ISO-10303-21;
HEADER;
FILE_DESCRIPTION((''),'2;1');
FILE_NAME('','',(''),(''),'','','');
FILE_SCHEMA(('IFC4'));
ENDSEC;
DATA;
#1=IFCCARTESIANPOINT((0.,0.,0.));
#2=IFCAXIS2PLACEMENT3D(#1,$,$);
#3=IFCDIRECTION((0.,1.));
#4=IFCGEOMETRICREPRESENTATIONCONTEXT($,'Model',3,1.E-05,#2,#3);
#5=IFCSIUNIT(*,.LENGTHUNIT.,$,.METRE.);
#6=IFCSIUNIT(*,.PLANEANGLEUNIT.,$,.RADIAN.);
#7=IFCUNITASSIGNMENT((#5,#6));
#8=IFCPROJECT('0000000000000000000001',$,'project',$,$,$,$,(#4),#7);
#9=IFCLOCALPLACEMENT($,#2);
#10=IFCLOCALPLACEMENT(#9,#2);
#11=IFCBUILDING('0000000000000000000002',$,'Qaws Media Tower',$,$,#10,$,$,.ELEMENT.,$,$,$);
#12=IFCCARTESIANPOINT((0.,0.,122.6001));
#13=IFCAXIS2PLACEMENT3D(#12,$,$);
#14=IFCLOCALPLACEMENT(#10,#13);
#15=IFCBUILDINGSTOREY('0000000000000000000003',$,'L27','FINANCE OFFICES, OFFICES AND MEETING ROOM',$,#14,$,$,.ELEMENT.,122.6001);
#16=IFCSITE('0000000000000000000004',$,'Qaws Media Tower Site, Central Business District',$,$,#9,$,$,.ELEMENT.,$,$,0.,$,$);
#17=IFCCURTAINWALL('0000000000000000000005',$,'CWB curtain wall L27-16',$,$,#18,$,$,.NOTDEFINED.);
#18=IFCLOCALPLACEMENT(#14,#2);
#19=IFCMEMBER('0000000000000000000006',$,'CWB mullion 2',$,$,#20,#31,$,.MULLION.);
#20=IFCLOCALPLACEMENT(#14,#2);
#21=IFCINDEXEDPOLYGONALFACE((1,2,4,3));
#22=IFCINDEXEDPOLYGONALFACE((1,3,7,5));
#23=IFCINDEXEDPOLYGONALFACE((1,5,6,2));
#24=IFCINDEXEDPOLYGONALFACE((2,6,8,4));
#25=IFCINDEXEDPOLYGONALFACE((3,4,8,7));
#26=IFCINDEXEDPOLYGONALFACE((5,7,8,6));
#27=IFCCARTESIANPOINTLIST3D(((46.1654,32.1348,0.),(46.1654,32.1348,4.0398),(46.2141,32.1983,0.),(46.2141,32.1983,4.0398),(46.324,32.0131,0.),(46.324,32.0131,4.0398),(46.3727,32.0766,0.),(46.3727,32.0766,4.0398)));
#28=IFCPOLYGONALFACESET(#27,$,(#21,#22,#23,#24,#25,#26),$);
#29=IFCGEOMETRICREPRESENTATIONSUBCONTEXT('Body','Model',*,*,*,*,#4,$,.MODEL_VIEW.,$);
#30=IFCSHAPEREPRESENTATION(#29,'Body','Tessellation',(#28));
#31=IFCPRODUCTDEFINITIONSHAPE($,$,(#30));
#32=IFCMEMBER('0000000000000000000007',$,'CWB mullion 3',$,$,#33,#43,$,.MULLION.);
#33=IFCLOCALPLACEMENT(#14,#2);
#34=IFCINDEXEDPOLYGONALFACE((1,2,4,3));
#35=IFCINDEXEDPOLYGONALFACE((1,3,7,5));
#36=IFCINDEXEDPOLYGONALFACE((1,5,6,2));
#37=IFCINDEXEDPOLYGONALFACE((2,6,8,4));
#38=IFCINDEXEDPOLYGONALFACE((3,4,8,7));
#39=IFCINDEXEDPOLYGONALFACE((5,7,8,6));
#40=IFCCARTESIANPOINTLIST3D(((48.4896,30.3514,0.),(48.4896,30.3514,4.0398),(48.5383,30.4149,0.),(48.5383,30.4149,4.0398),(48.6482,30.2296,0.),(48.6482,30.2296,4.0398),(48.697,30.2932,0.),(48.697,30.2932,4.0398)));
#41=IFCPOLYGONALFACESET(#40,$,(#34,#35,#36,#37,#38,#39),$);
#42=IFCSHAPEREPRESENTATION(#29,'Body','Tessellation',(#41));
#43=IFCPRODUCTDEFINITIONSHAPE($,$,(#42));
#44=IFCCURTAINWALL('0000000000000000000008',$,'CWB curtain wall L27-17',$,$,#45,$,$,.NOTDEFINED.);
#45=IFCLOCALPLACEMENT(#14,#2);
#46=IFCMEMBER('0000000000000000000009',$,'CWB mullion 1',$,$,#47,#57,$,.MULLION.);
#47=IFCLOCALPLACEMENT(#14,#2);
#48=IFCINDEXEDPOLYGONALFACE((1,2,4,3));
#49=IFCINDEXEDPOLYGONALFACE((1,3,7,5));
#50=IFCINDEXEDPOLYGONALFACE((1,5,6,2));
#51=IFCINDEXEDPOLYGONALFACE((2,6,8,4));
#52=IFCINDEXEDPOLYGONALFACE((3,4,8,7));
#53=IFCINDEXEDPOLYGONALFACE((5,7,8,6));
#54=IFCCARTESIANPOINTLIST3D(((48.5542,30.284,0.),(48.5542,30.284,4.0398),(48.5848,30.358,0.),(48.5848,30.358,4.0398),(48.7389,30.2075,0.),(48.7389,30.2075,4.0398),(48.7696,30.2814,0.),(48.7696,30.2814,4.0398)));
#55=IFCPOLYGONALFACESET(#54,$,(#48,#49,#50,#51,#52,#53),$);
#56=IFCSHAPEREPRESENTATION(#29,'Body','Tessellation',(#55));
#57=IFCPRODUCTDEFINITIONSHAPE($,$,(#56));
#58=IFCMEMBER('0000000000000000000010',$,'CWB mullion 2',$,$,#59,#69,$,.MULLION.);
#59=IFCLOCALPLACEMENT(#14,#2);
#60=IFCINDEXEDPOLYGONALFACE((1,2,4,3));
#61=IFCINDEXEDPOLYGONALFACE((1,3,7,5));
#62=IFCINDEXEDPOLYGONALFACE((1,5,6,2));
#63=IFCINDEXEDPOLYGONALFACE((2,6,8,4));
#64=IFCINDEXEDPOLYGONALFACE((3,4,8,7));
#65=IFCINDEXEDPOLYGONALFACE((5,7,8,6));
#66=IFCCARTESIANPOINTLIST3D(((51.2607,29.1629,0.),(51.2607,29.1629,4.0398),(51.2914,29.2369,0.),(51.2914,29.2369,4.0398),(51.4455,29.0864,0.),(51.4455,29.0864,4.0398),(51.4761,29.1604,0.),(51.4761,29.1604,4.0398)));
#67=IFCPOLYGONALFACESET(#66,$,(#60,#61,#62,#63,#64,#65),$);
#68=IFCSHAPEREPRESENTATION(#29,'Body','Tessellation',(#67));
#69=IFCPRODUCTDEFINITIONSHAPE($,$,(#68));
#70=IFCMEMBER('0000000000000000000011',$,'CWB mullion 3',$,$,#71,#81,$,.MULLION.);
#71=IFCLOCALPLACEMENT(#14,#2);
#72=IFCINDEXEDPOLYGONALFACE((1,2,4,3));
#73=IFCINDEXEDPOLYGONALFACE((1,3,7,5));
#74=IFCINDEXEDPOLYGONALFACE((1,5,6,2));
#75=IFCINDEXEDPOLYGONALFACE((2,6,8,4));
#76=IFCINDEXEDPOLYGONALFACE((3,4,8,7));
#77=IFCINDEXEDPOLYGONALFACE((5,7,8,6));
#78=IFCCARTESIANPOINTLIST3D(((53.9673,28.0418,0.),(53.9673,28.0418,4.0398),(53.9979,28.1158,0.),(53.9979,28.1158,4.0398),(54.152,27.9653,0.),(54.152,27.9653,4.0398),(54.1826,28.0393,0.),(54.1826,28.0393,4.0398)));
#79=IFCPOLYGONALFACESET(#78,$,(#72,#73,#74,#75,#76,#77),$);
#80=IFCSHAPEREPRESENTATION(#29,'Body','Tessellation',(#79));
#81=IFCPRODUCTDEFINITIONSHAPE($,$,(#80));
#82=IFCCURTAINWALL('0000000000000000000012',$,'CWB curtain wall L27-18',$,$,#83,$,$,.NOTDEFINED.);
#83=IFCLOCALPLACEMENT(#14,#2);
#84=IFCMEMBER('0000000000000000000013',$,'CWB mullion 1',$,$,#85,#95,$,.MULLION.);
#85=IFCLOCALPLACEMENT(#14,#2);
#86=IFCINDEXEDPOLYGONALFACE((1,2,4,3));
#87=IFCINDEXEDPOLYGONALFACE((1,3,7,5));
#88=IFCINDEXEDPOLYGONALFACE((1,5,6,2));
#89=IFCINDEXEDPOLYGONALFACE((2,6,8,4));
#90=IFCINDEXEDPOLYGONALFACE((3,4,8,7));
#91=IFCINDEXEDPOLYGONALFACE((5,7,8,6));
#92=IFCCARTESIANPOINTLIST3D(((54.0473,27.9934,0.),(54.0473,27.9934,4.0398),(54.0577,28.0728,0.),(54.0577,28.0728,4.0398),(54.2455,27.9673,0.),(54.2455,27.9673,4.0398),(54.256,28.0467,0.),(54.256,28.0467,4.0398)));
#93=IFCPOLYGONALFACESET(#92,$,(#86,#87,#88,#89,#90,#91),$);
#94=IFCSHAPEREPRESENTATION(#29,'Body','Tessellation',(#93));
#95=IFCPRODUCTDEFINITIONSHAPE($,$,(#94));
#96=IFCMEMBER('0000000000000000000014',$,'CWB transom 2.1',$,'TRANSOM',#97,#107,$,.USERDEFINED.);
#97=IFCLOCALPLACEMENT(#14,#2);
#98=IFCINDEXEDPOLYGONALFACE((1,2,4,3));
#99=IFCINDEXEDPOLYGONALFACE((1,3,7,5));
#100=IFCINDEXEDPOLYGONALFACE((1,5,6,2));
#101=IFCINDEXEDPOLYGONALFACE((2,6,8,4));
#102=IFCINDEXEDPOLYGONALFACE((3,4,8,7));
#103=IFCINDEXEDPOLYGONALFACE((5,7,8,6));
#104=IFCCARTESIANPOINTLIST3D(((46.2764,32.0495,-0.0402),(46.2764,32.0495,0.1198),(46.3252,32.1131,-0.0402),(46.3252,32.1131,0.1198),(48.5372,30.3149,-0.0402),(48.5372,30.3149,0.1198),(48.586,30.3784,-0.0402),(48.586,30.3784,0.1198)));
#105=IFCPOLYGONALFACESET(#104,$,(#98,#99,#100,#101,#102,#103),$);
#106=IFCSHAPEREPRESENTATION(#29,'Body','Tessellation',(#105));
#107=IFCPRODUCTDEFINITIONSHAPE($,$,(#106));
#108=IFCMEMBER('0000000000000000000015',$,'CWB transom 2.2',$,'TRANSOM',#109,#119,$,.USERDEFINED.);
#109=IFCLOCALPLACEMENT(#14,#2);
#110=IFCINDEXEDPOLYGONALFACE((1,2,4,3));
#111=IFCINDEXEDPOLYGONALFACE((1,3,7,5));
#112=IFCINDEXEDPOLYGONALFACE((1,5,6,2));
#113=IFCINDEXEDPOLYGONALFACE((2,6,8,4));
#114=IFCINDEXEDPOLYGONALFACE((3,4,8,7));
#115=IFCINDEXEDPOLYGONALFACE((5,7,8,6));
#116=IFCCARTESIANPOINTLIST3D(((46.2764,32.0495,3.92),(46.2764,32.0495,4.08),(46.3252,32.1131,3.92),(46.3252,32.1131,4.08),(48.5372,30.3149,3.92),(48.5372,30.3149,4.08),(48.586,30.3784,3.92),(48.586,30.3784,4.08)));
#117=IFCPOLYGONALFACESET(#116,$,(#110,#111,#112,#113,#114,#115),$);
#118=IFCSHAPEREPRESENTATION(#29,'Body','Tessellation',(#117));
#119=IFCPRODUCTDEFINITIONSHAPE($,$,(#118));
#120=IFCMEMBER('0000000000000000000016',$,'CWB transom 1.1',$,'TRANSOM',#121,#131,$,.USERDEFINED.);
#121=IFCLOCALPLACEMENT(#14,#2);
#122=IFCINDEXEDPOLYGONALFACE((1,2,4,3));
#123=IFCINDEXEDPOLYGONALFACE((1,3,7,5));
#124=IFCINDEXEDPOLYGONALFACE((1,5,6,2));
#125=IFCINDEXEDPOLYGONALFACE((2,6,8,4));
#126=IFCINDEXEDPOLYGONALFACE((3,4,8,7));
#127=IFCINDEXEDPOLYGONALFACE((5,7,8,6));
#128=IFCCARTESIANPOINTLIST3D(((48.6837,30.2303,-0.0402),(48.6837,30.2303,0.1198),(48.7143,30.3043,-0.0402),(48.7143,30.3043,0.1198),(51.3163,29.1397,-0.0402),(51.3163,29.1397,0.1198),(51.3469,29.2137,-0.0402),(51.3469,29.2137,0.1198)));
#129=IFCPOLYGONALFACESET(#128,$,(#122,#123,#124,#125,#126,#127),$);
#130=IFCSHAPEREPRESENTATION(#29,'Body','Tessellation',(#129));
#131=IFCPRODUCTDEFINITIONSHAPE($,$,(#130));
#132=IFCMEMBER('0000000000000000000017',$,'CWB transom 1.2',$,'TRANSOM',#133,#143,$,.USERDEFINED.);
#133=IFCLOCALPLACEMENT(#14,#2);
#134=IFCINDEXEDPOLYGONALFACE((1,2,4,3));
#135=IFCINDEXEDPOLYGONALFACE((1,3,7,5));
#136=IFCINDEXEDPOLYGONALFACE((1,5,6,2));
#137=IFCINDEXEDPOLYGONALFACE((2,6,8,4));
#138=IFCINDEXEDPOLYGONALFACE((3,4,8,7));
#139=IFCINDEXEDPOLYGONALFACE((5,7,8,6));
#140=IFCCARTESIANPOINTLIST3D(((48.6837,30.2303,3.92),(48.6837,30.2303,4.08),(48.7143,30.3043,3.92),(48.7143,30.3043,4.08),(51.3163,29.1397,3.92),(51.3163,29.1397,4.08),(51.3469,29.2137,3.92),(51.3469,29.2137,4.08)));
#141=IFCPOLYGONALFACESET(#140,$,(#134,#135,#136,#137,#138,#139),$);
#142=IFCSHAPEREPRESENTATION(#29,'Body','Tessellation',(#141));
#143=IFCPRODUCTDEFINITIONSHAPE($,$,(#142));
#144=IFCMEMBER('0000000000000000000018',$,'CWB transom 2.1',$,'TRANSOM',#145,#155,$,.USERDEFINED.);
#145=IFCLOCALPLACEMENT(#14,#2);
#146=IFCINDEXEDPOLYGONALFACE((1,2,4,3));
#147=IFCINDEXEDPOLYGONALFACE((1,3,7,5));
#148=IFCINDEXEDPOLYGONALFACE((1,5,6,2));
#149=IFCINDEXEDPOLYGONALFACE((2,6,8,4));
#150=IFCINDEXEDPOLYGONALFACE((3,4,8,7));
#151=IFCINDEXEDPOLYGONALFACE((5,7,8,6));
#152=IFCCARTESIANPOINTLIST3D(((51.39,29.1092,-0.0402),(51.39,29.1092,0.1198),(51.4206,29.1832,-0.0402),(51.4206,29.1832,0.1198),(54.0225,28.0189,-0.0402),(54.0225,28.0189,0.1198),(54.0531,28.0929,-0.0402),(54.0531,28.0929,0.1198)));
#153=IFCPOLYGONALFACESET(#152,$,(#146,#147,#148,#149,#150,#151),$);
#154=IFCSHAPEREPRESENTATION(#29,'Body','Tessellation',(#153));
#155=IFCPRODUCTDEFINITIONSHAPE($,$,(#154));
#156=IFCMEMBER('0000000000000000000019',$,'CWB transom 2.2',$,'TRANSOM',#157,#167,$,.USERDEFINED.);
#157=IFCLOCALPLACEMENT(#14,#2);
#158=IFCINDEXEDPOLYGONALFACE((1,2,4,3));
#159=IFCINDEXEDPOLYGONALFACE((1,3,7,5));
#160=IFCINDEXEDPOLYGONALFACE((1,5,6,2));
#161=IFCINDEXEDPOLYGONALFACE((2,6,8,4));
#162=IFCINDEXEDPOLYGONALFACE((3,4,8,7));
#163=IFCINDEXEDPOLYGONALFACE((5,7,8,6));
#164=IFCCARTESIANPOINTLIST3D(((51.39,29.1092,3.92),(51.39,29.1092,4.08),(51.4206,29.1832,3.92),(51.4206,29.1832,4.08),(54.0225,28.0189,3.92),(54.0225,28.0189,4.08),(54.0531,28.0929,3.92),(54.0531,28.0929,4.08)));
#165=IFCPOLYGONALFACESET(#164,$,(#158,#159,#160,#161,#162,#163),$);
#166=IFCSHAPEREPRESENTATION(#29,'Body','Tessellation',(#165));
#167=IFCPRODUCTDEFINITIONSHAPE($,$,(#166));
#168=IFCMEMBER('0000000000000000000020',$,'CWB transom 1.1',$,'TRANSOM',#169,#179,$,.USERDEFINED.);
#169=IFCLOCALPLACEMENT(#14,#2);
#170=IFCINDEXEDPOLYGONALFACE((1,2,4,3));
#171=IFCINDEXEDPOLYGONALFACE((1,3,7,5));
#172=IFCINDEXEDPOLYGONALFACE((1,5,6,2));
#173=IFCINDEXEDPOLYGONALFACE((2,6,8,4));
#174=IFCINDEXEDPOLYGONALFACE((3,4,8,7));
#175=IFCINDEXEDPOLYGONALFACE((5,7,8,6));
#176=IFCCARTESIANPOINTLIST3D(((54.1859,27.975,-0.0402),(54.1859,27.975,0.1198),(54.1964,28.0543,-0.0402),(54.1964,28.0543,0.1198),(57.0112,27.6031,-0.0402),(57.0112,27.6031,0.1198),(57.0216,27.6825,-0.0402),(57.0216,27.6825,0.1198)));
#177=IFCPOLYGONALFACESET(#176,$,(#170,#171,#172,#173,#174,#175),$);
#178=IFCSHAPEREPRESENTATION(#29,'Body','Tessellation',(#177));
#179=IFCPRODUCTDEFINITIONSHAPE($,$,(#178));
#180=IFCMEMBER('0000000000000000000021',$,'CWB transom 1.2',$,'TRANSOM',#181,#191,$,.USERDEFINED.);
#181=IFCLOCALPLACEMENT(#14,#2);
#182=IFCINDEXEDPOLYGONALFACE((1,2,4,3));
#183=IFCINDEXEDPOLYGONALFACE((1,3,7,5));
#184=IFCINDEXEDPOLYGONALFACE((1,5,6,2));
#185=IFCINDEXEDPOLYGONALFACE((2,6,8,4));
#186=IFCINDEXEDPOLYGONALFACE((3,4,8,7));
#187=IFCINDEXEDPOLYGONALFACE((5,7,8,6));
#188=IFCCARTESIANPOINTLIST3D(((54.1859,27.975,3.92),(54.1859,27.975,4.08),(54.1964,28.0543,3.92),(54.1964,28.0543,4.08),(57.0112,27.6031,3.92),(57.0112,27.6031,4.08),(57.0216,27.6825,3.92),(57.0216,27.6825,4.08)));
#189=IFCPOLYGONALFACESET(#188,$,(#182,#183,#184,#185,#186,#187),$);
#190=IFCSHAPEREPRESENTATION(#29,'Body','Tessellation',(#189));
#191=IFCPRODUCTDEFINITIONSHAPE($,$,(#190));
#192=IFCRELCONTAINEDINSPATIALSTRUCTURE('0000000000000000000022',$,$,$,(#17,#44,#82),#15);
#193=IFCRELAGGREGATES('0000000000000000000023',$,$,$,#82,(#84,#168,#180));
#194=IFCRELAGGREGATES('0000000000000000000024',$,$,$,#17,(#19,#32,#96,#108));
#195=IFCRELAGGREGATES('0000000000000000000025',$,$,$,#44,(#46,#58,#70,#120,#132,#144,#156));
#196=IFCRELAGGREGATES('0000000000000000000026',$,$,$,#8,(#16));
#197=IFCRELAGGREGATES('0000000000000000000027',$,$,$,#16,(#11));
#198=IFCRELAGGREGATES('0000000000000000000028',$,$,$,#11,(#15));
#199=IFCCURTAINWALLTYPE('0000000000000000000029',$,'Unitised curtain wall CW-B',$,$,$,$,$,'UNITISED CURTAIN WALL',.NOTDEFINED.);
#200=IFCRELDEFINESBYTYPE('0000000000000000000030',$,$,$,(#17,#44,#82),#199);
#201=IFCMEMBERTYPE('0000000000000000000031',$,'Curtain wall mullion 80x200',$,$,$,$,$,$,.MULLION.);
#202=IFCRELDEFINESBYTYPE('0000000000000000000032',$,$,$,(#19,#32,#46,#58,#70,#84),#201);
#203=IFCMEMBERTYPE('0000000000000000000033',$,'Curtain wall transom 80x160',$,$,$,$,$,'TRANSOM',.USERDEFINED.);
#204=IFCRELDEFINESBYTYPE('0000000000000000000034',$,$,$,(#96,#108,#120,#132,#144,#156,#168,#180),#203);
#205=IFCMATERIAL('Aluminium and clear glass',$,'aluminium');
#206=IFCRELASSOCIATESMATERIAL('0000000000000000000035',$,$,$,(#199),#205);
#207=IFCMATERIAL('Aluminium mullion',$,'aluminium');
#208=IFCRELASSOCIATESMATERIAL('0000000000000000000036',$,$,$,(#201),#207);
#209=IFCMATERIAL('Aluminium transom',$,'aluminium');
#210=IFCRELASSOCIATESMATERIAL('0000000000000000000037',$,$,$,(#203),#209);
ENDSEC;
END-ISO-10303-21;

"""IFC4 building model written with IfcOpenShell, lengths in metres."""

from ifc_helpers import new_model, si_unit, direction, frame, origin, origin_2d, place, context, subcontext, project, spatial, rectangle, extrude, material, material_profile, profile_set, type_object, element, aggregate, save


model = new_model("IFC4")

# Units and contexts
model_context = context("Model", 3, precision=1e-05, world=origin(), true_north=direction((0.0, 1.0)))
body_context = subcontext(model_context, "Body", "Model", "MODEL_VIEW")
ifc_project = project(units=[si_unit("LENGTHUNIT", "METRE"), si_unit("PLANEANGLEUNIT", "RADIAN")], contexts=[model_context])

# Site, building, storey
site_placement = place(None, origin())
site = spatial("IfcSite", under=ifc_project, at=site_placement, Name="Qaws Media Tower Site, Central Business District", CompositionType="ELEMENT", RefElevation=0.0)
building_placement = place(site_placement, origin())
building = spatial("IfcBuilding", under=site, at=building_placement, Name="Qaws Media Tower", CompositionType="ELEMENT")
storey_placement = place(building_placement, frame((0.0, 0.0, 122.6001)))
storey = spatial("IfcBuildingStorey", under=building, at=storey_placement, Name="L27", Description="FINANCE OFFICES, OFFICES AND MEETING ROOM", CompositionType="ELEMENT", Elevation=122.6001)

# Curtain walls, members
ifc_material_1 = material(Name="Aluminium and clear glass", Category="aluminium")
curtain_wall_type = type_object("IfcCurtainWallType", Name="Unitised curtain wall CW-B", ElementType="UNITISED CURTAIN WALL", PredefinedType="NOTDEFINED", material=ifc_material_1)
curtain_wall_1_placement = place(storey_placement, origin())
curtain_wall_1 = element("IfcCurtainWall", 1, at=curtain_wall_1_placement, inside=storey, type_object=curtain_wall_type, Name="CWB curtain wall L27-16", PredefinedType="NOTDEFINED")
ifc_material_2 = material(Name="Aluminium mullion", Category="aluminium")
ifc_material_profile_1 = material_profile(ifc_material_2, rectangle(XDim=0.0801, YDim=0.2, at=origin_2d()), Name="80x200")
ifc_profile_set_1 = profile_set([ifc_material_profile_1], Name="Aluminium mullion")
member_type_1 = type_object("IfcMemberType", Name="Curtain wall mullion 80x200", PredefinedType="MULLION", material=ifc_profile_set_1)
member_1_placement = place(storey_placement, frame((46.269, 32.1057, 0.0), z_axis=(0.0, 0.0, 1.0), x_axis=(0.608761, 0.793353, 0.0)))
member_1 = element("IfcMember", 2, at=member_1_placement, type_object=member_type_1, Name="CWB mullion 2", PredefinedType="MULLION", context=body_context, shape_type="SweptSolid", body=[
    extrude(rectangle(XDim=0.0801, YDim=0.2, at=origin_2d()), origin(), (0.0, 0.0, 1.0), 4.0398),
])
member_2_placement = place(storey_placement, frame((48.5933, 30.3223, 0.0), z_axis=(0.0, 0.0, 1.0), x_axis=(0.608761, 0.793353, 0.0)))
member_2 = element("IfcMember", 3, at=member_2_placement, type_object=member_type_1, Name="CWB mullion 3", PredefinedType="MULLION", context=body_context, shape_type="SweptSolid", body=[
    extrude(rectangle(XDim=0.0801, YDim=0.2, at=origin_2d()), origin(), (0.0, 0.0, 1.0), 4.0398),
])
curtain_wall_2_placement = place(storey_placement, origin())
curtain_wall_2 = element("IfcCurtainWall", 4, at=curtain_wall_2_placement, inside=storey, type_object=curtain_wall_type, Name="CWB curtain wall L27-17", PredefinedType="NOTDEFINED")
member_3_placement = place(storey_placement, frame((48.6619, 30.2827, 0.0), z_axis=(0.0, 0.0, 1.0), x_axis=(0.382683, 0.92388, 0.0)))
member_3 = element("IfcMember", 5, at=member_3_placement, type_object=member_type_1, Name="CWB mullion 1", PredefinedType="MULLION", context=body_context, shape_type="SweptSolid", body=[
    extrude(rectangle(XDim=0.0801, YDim=0.2, at=origin_2d()), origin(), (0.0, 0.0, 1.0), 4.0398),
])
member_4_placement = place(storey_placement, frame((51.3684, 29.1616, 0.0), z_axis=(0.0, 0.0, 1.0), x_axis=(0.382683, 0.92388, 0.0)))
member_4 = element("IfcMember", 6, at=member_4_placement, type_object=member_type_1, Name="CWB mullion 2", PredefinedType="MULLION", context=body_context, shape_type="SweptSolid", body=[
    extrude(rectangle(XDim=0.0801, YDim=0.2, at=origin_2d()), origin(), (0.0, 0.0, 1.0), 4.0398),
])
member_5_placement = place(storey_placement, frame((54.075, 28.0405, 0.0), z_axis=(0.0, 0.0, 1.0), x_axis=(0.382683, 0.92388, 0.0)))
member_5 = element("IfcMember", 7, at=member_5_placement, type_object=member_type_1, Name="CWB mullion 3", PredefinedType="MULLION", context=body_context, shape_type="SweptSolid", body=[
    extrude(rectangle(XDim=0.0801, YDim=0.2, at=origin_2d()), origin(), (0.0, 0.0, 1.0), 4.0398),
])

# Curtain wall, member
curtain_wall_3_placement = place(storey_placement, origin())
curtain_wall_3 = element("IfcCurtainWall", 8, at=curtain_wall_3_placement, inside=storey, type_object=curtain_wall_type, Name="CWB curtain wall L27-18", PredefinedType="NOTDEFINED")
member_6_placement = place(storey_placement, frame((54.1516, 28.02, 0.0), z_axis=(0.0, 0.0, 1.0), x_axis=(0.130526, 0.991445, 0.0)))
member_6 = element("IfcMember", 9, at=member_6_placement, type_object=member_type_1, Name="CWB mullion 1", PredefinedType="MULLION", context=body_context, shape_type="SweptSolid", body=[
    extrude(rectangle(XDim=0.0801, YDim=0.2, at=origin_2d()), origin(), (0.0, 0.0, 1.0), 4.0398),
])

# Members
ifc_material_3 = material(Name="Aluminium transom", Category="aluminium")
ifc_material_profile_2 = material_profile(ifc_material_3, rectangle(XDim=0.0801, YDim=0.1599, at=origin_2d()), Name="80x160")
ifc_profile_set_2 = profile_set([ifc_material_profile_2], Name="Aluminium transom")
member_type_2 = type_object("IfcMemberType", Name="Curtain wall transom 80x160", ElementType="TRANSOM", PredefinedType="USERDEFINED", material=ifc_profile_set_2)
member_7_placement = place(storey_placement, frame((46.3008, 32.0813, 0.0398), z_axis=(0.793372, -0.608737, 0.0), x_axis=(0.608737, 0.793372, 0.0)))
member_7 = element("IfcMember", 10, at=member_7_placement, type_object=member_type_2, Name="CWB transom 2.1", ObjectType="TRANSOM", PredefinedType="USERDEFINED", context=body_context, shape_type="SweptSolid", body=[
    extrude(rectangle(XDim=0.0801, YDim=0.1599, at=origin_2d()), origin(), (0.0, 0.0, 1.0), 2.8496),
])
member_8_placement = place(storey_placement, frame((46.3008, 32.0813, 4.0), z_axis=(0.793372, -0.608737, 0.0), x_axis=(0.608737, 0.793372, 0.0)))
member_8 = element("IfcMember", 11, at=member_8_placement, type_object=member_type_2, Name="CWB transom 2.2", ObjectType="TRANSOM", PredefinedType="USERDEFINED", context=body_context, shape_type="SweptSolid", body=[
    extrude(rectangle(XDim=0.0801, YDim=0.1599, at=origin_2d()), origin(), (0.0, 0.0, 1.0), 2.8496),
])
member_9_placement = place(storey_placement, frame((48.699, 30.2673, 0.0398), z_axis=(0.923863, -0.382723, 0.0), x_axis=(0.382723, 0.923863, 0.0)))
member_9 = element("IfcMember", 12, at=member_9_placement, type_object=member_type_2, Name="CWB transom 1.1", ObjectType="TRANSOM", PredefinedType="USERDEFINED", context=body_context, shape_type="SweptSolid", body=[
    extrude(rectangle(XDim=0.0801, YDim=0.1599, at=origin_2d()), origin(), (0.0, 0.0, 1.0), 2.8496),
])
member_10_placement = place(storey_placement, frame((48.699, 30.2673, 4.0), z_axis=(0.923863, -0.382723, 0.0), x_axis=(0.382723, 0.923863, 0.0)))
member_10 = element("IfcMember", 13, at=member_10_placement, type_object=member_type_2, Name="CWB transom 1.2", ObjectType="TRANSOM", PredefinedType="USERDEFINED", context=body_context, shape_type="SweptSolid", body=[
    extrude(rectangle(XDim=0.0801, YDim=0.1599, at=origin_2d()), origin(), (0.0, 0.0, 1.0), 2.8496),
])
member_11_placement = place(storey_placement, frame((51.4053, 29.1462, 0.0398), z_axis=(0.923894, -0.382649, 0.0), x_axis=(0.382649, 0.923894, 0.0)))
member_11 = element("IfcMember", 14, at=member_11_placement, type_object=member_type_2, Name="CWB transom 2.1", ObjectType="TRANSOM", PredefinedType="USERDEFINED", context=body_context, shape_type="SweptSolid", body=[
    extrude(rectangle(XDim=0.0801, YDim=0.1599, at=origin_2d()), origin(), (0.0, 0.0, 1.0), 2.8494),
])
member_12_placement = place(storey_placement, frame((51.4053, 29.1462, 4.0), z_axis=(0.923894, -0.382649, 0.0), x_axis=(0.382649, 0.923894, 0.0)))
member_12 = element("IfcMember", 15, at=member_12_placement, type_object=member_type_2, Name="CWB transom 2.2", ObjectType="TRANSOM", PredefinedType="USERDEFINED", context=body_context, shape_type="SweptSolid", body=[
    extrude(rectangle(XDim=0.0801, YDim=0.1599, at=origin_2d()), origin(), (0.0, 0.0, 1.0), 2.8494),
])
member_13_placement = place(storey_placement, frame((54.1912, 28.0146, 0.0398), z_axis=(0.99145, -0.130486, 0.0), x_axis=(0.130486, 0.99145, 0.0)))
member_13 = element("IfcMember", 16, at=member_13_placement, type_object=member_type_2, Name="CWB transom 1.1", ObjectType="TRANSOM", PredefinedType="USERDEFINED", context=body_context, shape_type="SweptSolid", body=[
    extrude(rectangle(XDim=0.0801, YDim=0.1599, at=origin_2d()), origin(), (0.0, 0.0, 1.0), 2.8496),
])
member_14_placement = place(storey_placement, frame((54.1912, 28.0146, 4.0), z_axis=(0.99145, -0.130486, 0.0), x_axis=(0.130486, 0.99145, 0.0)))
member_14 = element("IfcMember", 17, at=member_14_placement, type_object=member_type_2, Name="CWB transom 1.2", ObjectType="TRANSOM", PredefinedType="USERDEFINED", context=body_context, shape_type="SweptSolid", body=[
    extrude(rectangle(XDim=0.0801, YDim=0.1599, at=origin_2d()), origin(), (0.0, 0.0, 1.0), 2.8496),
])
aggregate(curtain_wall_3, [member_6, member_13, member_14])

aggregate(curtain_wall_1, [member_1, member_2, member_7, member_8])
aggregate(curtain_wall_2, [member_3, member_4, member_5, member_9, member_10, member_11, member_12])

save(model, "model.ifc")
